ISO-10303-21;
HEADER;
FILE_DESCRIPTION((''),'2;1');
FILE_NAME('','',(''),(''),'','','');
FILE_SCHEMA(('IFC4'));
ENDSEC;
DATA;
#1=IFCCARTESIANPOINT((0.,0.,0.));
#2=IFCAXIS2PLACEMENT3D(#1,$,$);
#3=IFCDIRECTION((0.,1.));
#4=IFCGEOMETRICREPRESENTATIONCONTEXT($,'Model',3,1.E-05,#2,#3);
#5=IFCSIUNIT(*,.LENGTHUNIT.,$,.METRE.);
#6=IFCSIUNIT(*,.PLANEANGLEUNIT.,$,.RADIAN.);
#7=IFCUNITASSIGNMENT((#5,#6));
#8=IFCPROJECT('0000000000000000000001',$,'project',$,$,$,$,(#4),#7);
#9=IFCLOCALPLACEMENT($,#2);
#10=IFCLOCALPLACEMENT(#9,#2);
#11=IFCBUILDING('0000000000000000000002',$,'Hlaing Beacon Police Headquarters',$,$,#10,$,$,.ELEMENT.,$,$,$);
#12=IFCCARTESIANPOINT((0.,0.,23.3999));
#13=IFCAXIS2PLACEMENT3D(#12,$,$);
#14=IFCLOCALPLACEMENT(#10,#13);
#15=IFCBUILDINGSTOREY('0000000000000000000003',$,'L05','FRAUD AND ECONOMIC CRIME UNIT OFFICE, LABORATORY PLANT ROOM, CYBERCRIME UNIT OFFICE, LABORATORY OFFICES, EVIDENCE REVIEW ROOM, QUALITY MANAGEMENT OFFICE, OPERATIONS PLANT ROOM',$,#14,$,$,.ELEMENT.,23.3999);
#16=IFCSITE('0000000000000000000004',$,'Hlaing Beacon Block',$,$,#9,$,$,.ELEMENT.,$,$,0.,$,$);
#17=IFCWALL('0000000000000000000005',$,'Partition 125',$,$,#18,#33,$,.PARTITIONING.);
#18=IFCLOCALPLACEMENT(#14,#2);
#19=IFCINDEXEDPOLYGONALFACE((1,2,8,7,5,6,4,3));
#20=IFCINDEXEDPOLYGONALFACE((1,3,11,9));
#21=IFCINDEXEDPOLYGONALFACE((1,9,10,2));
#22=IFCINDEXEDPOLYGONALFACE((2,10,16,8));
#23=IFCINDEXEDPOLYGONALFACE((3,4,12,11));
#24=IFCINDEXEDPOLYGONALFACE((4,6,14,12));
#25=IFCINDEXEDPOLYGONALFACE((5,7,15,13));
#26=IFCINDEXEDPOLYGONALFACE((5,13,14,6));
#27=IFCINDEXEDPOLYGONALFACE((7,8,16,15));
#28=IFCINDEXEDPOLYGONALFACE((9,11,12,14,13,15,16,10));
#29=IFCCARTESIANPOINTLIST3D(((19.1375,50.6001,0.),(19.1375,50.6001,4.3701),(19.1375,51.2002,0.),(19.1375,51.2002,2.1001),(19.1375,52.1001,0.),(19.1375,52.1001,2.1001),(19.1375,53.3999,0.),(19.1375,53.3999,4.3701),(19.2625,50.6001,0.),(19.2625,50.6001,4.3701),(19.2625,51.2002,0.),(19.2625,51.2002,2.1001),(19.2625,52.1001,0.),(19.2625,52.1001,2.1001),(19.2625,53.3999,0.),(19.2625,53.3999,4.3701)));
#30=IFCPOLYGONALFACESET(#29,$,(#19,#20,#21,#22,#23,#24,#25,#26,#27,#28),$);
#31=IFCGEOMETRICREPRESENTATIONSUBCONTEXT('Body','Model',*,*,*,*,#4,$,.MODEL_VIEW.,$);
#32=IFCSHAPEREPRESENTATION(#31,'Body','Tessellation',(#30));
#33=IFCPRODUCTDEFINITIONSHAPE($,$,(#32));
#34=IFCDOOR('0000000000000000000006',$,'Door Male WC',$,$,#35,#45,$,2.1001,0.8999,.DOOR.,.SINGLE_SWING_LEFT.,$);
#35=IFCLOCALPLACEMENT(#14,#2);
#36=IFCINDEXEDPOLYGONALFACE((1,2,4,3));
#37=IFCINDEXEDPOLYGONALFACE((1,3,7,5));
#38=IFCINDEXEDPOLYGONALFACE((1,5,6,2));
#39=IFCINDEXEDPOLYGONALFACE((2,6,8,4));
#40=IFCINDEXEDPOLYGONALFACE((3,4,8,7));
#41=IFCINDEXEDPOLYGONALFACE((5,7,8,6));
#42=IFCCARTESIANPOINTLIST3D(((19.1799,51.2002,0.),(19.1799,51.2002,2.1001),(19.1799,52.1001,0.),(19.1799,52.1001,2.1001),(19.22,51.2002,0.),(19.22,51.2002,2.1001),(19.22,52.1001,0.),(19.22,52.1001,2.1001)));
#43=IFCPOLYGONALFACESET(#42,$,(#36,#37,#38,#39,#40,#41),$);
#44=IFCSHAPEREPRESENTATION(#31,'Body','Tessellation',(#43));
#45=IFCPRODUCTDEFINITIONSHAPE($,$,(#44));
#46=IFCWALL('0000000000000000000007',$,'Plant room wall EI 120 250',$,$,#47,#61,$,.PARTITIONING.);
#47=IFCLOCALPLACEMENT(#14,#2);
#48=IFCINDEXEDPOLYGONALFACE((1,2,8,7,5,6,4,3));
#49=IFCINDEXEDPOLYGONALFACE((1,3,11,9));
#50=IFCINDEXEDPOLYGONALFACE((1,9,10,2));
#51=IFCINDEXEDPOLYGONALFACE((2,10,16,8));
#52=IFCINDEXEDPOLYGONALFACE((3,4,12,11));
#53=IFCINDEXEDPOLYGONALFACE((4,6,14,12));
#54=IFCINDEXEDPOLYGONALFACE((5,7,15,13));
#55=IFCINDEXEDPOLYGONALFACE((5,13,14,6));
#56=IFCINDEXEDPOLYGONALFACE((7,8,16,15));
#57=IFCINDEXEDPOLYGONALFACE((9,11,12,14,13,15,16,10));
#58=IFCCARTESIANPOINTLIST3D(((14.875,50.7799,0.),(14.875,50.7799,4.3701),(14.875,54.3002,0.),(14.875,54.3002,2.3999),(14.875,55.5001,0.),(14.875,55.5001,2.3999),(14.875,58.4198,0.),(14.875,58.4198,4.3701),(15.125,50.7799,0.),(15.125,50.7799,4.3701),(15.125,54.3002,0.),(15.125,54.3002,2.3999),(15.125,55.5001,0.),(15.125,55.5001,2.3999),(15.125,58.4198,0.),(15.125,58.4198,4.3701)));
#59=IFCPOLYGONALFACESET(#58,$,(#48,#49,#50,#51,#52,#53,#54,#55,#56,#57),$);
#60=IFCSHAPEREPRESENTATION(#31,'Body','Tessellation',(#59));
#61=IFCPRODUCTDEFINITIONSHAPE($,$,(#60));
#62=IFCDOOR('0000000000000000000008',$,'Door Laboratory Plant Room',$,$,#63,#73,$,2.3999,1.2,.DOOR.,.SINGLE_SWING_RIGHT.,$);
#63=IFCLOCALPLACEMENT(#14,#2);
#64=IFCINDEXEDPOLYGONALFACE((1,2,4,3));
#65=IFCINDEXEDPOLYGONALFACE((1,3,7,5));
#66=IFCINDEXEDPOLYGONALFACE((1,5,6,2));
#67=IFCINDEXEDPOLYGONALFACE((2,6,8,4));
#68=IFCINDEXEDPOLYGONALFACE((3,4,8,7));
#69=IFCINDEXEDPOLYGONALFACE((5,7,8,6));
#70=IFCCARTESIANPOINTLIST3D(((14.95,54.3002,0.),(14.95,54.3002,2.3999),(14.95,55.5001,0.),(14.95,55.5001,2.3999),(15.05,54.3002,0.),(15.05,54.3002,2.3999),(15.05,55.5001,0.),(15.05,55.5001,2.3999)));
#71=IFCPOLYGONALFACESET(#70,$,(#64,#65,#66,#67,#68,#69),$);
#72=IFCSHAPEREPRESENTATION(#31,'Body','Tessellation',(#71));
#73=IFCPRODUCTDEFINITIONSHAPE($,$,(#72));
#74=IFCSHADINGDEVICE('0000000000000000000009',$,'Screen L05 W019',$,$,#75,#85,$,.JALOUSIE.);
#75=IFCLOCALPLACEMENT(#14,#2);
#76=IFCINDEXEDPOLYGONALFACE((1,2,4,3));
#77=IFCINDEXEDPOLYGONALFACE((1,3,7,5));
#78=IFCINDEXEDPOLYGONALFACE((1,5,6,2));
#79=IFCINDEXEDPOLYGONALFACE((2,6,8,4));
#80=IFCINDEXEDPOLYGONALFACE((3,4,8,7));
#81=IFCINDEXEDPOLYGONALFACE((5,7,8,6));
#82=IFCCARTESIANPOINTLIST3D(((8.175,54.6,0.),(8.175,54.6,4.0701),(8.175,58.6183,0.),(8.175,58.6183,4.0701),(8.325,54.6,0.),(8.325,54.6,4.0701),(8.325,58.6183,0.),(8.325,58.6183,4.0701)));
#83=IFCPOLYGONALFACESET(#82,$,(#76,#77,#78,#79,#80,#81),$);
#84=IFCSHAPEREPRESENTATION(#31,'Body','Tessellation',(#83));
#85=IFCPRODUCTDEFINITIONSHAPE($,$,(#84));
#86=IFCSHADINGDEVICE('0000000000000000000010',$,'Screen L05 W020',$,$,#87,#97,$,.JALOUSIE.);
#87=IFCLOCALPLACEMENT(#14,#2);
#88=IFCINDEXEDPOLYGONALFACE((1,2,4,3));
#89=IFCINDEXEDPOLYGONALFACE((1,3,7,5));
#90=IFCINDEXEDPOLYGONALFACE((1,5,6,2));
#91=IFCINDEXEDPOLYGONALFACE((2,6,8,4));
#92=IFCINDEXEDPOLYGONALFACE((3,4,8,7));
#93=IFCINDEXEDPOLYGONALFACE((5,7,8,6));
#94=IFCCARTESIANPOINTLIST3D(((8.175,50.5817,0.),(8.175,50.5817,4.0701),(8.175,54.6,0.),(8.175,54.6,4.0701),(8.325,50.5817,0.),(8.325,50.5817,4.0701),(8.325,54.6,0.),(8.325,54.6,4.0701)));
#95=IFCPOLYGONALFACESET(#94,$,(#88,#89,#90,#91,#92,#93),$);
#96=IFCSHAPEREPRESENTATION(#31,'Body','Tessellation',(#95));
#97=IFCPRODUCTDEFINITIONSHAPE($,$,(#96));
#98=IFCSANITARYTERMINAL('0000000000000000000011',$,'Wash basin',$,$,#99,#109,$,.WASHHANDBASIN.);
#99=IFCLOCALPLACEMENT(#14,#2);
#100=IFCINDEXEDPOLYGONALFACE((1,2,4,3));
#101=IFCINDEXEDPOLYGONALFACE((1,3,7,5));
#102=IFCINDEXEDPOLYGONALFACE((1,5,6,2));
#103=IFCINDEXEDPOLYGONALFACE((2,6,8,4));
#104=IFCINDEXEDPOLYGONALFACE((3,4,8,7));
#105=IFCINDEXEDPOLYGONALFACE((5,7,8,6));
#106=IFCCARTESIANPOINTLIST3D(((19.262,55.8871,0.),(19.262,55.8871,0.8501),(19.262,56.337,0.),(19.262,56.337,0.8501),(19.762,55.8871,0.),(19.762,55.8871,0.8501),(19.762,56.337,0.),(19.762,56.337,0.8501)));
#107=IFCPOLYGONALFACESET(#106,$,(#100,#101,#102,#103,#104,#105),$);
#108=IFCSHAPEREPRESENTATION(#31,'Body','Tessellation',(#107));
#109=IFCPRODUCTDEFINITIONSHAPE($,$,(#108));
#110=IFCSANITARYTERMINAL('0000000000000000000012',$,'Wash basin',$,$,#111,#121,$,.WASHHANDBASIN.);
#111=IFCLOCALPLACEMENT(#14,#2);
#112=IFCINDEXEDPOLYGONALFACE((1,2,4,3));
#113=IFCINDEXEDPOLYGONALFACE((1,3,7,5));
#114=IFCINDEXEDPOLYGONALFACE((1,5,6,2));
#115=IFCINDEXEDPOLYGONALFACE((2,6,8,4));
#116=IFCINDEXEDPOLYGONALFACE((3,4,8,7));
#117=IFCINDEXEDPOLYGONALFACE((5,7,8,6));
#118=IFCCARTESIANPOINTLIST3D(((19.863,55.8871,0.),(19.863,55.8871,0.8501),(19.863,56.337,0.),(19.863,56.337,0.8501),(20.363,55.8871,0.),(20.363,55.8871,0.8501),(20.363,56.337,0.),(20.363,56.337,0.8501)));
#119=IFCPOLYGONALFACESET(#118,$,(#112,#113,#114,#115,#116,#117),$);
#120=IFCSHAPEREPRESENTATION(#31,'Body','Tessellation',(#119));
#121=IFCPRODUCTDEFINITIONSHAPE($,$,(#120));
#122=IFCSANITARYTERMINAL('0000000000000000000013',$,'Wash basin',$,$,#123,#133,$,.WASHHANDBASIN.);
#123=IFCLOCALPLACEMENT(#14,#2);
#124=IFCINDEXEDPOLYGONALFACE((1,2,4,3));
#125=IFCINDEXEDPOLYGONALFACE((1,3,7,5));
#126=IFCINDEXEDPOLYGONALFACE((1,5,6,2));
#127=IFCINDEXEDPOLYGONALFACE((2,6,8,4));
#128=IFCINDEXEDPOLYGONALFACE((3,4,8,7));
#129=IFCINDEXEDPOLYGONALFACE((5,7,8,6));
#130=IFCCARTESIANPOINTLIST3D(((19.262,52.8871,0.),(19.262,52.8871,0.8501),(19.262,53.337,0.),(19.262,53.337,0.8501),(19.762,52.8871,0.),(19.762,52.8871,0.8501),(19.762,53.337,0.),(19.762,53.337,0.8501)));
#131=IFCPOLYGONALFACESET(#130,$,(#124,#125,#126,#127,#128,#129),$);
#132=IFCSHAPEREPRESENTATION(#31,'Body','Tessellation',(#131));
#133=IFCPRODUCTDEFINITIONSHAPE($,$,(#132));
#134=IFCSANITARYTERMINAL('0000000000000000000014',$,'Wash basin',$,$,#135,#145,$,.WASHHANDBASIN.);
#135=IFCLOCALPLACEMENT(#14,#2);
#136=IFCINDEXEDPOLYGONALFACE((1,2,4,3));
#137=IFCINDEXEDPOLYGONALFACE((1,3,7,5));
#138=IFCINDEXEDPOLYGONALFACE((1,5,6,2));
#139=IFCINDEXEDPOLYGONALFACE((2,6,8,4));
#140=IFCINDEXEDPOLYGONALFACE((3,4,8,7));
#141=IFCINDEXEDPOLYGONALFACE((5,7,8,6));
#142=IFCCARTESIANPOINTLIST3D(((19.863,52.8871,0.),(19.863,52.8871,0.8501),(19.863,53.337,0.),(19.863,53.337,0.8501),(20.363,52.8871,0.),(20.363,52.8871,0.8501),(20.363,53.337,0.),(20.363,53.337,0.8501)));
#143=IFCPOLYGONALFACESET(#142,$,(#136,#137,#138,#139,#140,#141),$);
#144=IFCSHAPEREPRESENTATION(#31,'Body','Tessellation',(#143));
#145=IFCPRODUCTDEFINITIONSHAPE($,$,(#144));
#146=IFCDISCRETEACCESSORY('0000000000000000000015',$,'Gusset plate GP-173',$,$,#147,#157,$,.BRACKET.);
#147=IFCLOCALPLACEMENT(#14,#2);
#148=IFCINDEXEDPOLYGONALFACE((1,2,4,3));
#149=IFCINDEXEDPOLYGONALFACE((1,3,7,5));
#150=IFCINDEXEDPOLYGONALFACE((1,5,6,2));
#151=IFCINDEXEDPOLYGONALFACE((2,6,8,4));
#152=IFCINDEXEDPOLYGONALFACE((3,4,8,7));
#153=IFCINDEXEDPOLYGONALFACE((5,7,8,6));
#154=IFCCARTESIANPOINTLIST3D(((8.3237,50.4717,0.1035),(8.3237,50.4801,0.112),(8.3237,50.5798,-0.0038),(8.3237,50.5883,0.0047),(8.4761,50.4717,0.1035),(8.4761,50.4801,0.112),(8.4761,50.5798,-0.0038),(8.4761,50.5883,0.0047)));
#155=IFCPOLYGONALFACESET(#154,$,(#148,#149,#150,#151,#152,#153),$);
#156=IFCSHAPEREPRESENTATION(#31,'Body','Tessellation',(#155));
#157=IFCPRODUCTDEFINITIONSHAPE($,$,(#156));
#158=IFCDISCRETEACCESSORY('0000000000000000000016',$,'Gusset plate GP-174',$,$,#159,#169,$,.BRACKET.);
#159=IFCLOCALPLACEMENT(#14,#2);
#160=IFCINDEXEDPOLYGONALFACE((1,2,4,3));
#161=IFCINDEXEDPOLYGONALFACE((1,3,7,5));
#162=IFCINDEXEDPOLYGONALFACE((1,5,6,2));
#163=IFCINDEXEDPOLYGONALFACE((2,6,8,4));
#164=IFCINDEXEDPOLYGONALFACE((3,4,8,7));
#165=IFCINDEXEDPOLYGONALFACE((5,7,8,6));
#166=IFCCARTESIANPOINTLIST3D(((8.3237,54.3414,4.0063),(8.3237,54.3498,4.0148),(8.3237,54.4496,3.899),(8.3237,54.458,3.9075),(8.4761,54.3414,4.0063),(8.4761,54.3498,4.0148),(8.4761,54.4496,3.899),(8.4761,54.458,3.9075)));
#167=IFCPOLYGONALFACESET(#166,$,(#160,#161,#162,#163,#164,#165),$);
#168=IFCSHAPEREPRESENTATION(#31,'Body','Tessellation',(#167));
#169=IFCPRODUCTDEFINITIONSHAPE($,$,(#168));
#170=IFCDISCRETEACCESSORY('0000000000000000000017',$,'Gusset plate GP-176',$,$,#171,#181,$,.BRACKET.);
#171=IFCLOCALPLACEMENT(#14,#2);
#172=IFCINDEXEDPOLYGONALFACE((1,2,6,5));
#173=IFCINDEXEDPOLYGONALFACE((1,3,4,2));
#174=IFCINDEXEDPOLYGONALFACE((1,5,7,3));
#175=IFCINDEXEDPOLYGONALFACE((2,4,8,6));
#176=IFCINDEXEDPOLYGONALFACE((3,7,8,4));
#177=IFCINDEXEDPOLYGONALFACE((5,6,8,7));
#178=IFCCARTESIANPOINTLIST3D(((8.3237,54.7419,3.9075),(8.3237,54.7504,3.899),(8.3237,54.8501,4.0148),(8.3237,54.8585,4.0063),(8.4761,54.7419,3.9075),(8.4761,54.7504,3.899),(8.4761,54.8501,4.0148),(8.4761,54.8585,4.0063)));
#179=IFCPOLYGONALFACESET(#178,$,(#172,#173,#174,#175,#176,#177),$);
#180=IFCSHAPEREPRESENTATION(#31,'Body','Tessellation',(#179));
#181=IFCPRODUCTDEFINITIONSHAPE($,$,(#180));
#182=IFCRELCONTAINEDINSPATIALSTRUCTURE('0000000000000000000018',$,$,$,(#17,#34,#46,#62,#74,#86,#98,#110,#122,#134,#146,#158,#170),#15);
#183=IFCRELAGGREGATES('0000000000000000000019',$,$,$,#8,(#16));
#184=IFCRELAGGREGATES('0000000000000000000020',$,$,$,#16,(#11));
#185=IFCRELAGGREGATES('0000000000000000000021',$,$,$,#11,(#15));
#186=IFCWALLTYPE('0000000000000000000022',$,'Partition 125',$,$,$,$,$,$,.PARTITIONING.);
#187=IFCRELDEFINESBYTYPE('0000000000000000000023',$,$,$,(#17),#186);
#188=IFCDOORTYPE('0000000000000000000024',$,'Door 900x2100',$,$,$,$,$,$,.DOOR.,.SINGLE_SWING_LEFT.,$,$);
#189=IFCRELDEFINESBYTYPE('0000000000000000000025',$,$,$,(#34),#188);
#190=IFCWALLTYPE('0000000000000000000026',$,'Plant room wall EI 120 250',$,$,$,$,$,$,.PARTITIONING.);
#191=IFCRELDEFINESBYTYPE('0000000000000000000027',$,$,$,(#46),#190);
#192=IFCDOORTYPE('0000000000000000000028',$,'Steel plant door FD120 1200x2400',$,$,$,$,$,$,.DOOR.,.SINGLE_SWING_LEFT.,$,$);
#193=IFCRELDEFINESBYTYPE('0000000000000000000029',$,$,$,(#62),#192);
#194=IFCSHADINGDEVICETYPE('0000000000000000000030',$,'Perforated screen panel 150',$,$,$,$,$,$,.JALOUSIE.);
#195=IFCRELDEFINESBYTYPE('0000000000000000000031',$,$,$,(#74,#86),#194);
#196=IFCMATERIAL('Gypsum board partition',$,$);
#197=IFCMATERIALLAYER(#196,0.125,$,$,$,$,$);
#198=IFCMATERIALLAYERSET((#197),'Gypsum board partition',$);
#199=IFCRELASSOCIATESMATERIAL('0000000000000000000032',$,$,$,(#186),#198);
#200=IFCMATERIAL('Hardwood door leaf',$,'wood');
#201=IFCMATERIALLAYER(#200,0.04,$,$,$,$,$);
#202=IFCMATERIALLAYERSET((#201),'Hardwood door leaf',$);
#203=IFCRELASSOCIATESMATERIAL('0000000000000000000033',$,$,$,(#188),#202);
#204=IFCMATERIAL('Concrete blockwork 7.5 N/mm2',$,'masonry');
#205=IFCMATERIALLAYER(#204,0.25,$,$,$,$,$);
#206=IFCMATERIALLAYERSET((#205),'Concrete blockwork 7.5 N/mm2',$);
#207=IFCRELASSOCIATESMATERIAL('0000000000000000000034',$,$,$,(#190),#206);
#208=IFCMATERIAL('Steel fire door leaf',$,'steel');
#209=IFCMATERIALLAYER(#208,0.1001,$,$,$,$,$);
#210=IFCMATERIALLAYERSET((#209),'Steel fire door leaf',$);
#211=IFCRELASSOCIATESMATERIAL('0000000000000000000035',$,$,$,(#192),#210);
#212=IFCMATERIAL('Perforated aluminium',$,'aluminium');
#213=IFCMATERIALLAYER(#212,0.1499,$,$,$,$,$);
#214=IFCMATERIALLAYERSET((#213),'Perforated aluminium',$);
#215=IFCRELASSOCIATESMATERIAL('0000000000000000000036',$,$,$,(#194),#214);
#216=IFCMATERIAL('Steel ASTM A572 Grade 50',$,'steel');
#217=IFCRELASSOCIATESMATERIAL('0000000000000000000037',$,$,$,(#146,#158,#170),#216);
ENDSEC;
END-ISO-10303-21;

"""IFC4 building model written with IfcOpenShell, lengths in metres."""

from ifc_helpers import new_model, si_unit, direction, frame, frame_2d, origin, origin_2d, place, context, subcontext, project, spatial, rectangle, extrude, material, layer, layer_set, type_object, element, fill, save


model = new_model("IFC4")

# Units and contexts
model_context = context("Model", 3, precision=1e-05, world=origin(), true_north=direction((0.0, 1.0)))
body_context = subcontext(model_context, "Body", "Model", "MODEL_VIEW")
ifc_project = project(units=[si_unit("LENGTHUNIT", "METRE"), si_unit("PLANEANGLEUNIT", "RADIAN")], contexts=[model_context])

# Site, building, storey
site_placement = place(None, origin())
site = spatial("IfcSite", under=ifc_project, at=site_placement, Name="Hlaing Beacon Block", CompositionType="ELEMENT", RefElevation=0.0)
building_placement = place(site_placement, origin())
building = spatial("IfcBuilding", under=site, at=building_placement, Name="Hlaing Beacon Police Headquarters", CompositionType="ELEMENT")
storey_placement = place(building_placement, frame((0.0, 0.0, 23.3999)))
storey = spatial("IfcBuildingStorey", under=building, at=storey_placement, Name="L05", Description="FRAUD AND ECONOMIC CRIME UNIT OFFICE, LABORATORY PLANT ROOM, CYBERCRIME UNIT OFFICE, LABORATORY OFFICES, EVIDENCE REVIEW ROOM, QUALITY MANAGEMENT OFFICE, OPERATIONS PLANT ROOM", CompositionType="ELEMENT", Elevation=23.3999)

# Shared definitions
ifc_material_1 = material(Name="Gypsum board partition")
ifc_layer_1 = layer(ifc_material_1, 0.125)
ifc_layer_set_1 = layer_set([ifc_layer_1], Name="Gypsum board partition")
wall_type_1 = type_object("IfcWallType", Name="Partition 125", PredefinedType="PARTITIONING", material=ifc_layer_set_1)

# Shared definitions
ifc_material_2 = material(Name="Hardwood door leaf", Category="wood")
ifc_layer_2 = layer(ifc_material_2, 0.04)
ifc_layer_set_2 = layer_set([ifc_layer_2], Name="Hardwood door leaf")
door_type_1 = type_object("IfcDoorType", Name="Door 900x2100", OperationType="SINGLE_SWING_LEFT", PredefinedType="DOOR", material=ifc_layer_set_2)

# Walls, openings, doors
wall_1_placement = place(storey_placement, frame((19.2, 50.6001, 0.0), z_axis=(0.0, 0.0, 1.0), x_axis=(0.0, 1.0, 0.0)))
wall_1 = element("IfcWall", 1, at=wall_1_placement, inside=storey, type_object=wall_type_1, Name="Partition 125", PredefinedType="PARTITIONING", context=body_context, shape_type="SweptSolid", body=[
    extrude(rectangle(XDim=2.7998, YDim=0.125, at=frame_2d((1.3999, 0.0))), origin(), (0.0, 0.0, 1.0), 4.3701),
])
opening_1_placement = place(wall_1_placement, frame((0.6001, 0.0, 0.0)))
opening_1 = element("IfcOpeningElement", 2, at=opening_1_placement, cuts=wall_1, PredefinedType="OPENING", context=body_context, shape_type="SweptSolid", body=[
    extrude(rectangle(XDim=0.8999, YDim=2.1001, at=frame_2d((0.45, 1.05))), frame((0.0, 0.0725, 0.0), z_axis=(0.0, -1.0, 0.0), x_axis=(1.0, 0.0, 0.0)), (0.0, 0.0, 1.0), 0.145),
])
door_1_placement = place(opening_1_placement, frame((0.8999, 0.0, 0.0), z_axis=(0.0, 0.0, 1.0), x_axis=(-1.0, 0.0, 0.0)))
door_1 = element("IfcDoor", 3, at=door_1_placement, inside=storey, type_object=door_type_1, Name="Door Male WC", OperationType="SINGLE_SWING_LEFT", OverallHeight=2.1001, OverallWidth=0.8999, PredefinedType="DOOR", context=body_context, shape_type="SweptSolid", body=[
    extrude(rectangle(XDim=0.8999, YDim=2.1001, at=frame_2d((0.45, 1.05))), frame((0.0, 0.02, 0.0), z_axis=(0.0, -1.0, 0.0), x_axis=(1.0, 0.0, 0.0)), (0.0, 0.0, 1.0), 0.04),
])
fill(opening_1, door_1)
ifc_material_3 = material(Name="Concrete blockwork 7.5 N/mm2", Category="masonry")
ifc_layer_3 = layer(ifc_material_3, 0.25)
ifc_layer_set_3 = layer_set([ifc_layer_3], Name="Concrete blockwork 7.5 N/mm2")
wall_type_2 = type_object("IfcWallType", Name="Plant room wall EI 120 250", PredefinedType="PARTITIONING", material=ifc_layer_set_3)
wall_2_placement = place(storey_placement, frame((15.0, 50.78, 0.0), z_axis=(0.0, 0.0, 1.0), x_axis=(0.0, 1.0, 0.0)))
wall_2 = element("IfcWall", 4, at=wall_2_placement, inside=storey, type_object=wall_type_2, Name="Plant room wall EI 120 250", PredefinedType="PARTITIONING", context=body_context, shape_type="SweptSolid", body=[
    extrude(rectangle(XDim=7.6399, YDim=0.25, at=frame_2d((3.8198, 0.0))), origin(), (0.0, 0.0, 1.0), 4.3701),
])
opening_2_placement = place(wall_2_placement, frame((3.52, 0.0, 0.0)))
opening_2 = element("IfcOpeningElement", 5, at=opening_2_placement, cuts=wall_2, PredefinedType="OPENING", context=body_context, shape_type="SweptSolid", body=[
    extrude(rectangle(XDim=1.2, YDim=2.3999, at=frame_2d((0.6001, 1.2))), frame((0.0, 0.135, 0.0), z_axis=(0.0, -1.0, 0.0), x_axis=(1.0, 0.0, 0.0)), (0.0, 0.0, 1.0), 0.27),
])
ifc_material_4 = material(Name="Steel fire door leaf", Category="steel")
ifc_layer_4 = layer(ifc_material_4, 0.1001)
ifc_layer_set_4 = layer_set([ifc_layer_4], Name="Steel fire door leaf")
door_type_2 = type_object("IfcDoorType", Name="Steel plant door FD120 1200x2400", OperationType="SINGLE_SWING_LEFT", PredefinedType="DOOR", material=ifc_layer_set_4)
door_2_placement = place(opening_2_placement, origin())
door_2 = element("IfcDoor", 6, at=door_2_placement, inside=storey, type_object=door_type_2, Name="Door Laboratory Plant Room", OperationType="SINGLE_SWING_RIGHT", OverallHeight=2.3999, OverallWidth=1.2, PredefinedType="DOOR", context=body_context, shape_type="SweptSolid", body=[
    extrude(rectangle(XDim=1.2, YDim=2.3999, at=frame_2d((0.6001, 1.2))), frame((0.0, 0.05, 0.0), z_axis=(0.0, -1.0, 0.0), x_axis=(1.0, 0.0, 0.0)), (0.0, 0.0, 1.0), 0.1001),
])
fill(opening_2, door_2)

# Shading devices
ifc_material_5 = material(Name="Perforated aluminium", Category="aluminium")
ifc_layer_5 = layer(ifc_material_5, 0.1499)
ifc_layer_set_5 = layer_set([ifc_layer_5], Name="Perforated aluminium")
shading_device_type = type_object("IfcShadingDeviceType", Name="Perforated screen panel 150", PredefinedType="JALOUSIE", material=ifc_layer_set_5)
for number, where, z_axis, x_axis, name in (
    (7, (8.25, 56.6091, 0.0), (0.0, 0.0, 1.0), (0.0, -1.0, 0.0), "Screen L05 W019"),
    (8, (8.25, 52.5908, 0.0), (0.0, 0.0, 1.0), (0.0, -1.0, 0.0), "Screen L05 W020"),
):
    element("IfcShadingDevice", number, at=place(storey_placement, frame(where, z_axis=z_axis, x_axis=x_axis)), inside=storey, type_object=shading_device_type, Name=name, PredefinedType="JALOUSIE", context=body_context, shape_type="SweptSolid", body=[
        extrude(rectangle(XDim=4.0183, YDim=0.1499, at=origin_2d()), origin(), (0.0, 0.0, 1.0), 4.0701),
    ])

# Sanitary terminals
for number, where, z_axis, x_axis, name in (
    (9, (19.512, 56.1121, 0.0), (0.0, 0.0, 1.0), (1.0, 0.0, 0.0), "Wash basin"),
    (10, (20.113, 56.1121, 0.0), (0.0, 0.0, 1.0), (1.0, 0.0, 0.0), "Wash basin"),
    (11, (19.512, 53.1121, 0.0), (0.0, 0.0, 1.0), (1.0, 0.0, 0.0), "Wash basin"),
    (12, (20.113, 53.1121, 0.0), (0.0, 0.0, 1.0), (1.0, 0.0, 0.0), "Wash basin"),
):
    element("IfcSanitaryTerminal", number, at=place(storey_placement, frame(where, z_axis=z_axis, x_axis=x_axis)), inside=storey, Name=name, PredefinedType="WASHHANDBASIN", context=body_context, shape_type="SweptSolid", body=[
        extrude(rectangle(XDim=0.5, YDim=0.45, at=origin_2d()), origin(), (0.0, 0.0, 1.0), 0.8501),
    ])

# Discrete accessories
ifc_material_6 = material(Name="Steel ASTM A572 Grade 50", Category="steel")
for number, where, z_axis, x_axis, name in (
    (13, (8.3999, 50.5342, 0.0583), (0.0, -0.704102, -0.710099), (1.0, 0.0, 0.0), "Gusset plate GP-173"),
    (14, (8.3999, 54.3955, 3.9526), (0.0, 0.704102, 0.710099), (-1.0, 0.0, 0.0), "Gusset plate GP-174"),
    (15, (8.3999, 54.8044, 3.9526), (0.0, -0.704102, 0.710099), (1.0, 0.0, 0.0), "Gusset plate GP-176"),
):
    element("IfcDiscreteAccessory", number, at=place(storey_placement, frame(where, z_axis=z_axis, x_axis=x_axis)), inside=storey, material=ifc_material_6, Name=name, PredefinedType="BRACKET", context=body_context, shape_type="SweptSolid", body=[
        extrude(rectangle(XDim=0.1523, YDim=0.1523, at=origin_2d()), origin(), (0.0, 0.0, 1.0), 0.012),
    ])

save(model, "model.ifc")
